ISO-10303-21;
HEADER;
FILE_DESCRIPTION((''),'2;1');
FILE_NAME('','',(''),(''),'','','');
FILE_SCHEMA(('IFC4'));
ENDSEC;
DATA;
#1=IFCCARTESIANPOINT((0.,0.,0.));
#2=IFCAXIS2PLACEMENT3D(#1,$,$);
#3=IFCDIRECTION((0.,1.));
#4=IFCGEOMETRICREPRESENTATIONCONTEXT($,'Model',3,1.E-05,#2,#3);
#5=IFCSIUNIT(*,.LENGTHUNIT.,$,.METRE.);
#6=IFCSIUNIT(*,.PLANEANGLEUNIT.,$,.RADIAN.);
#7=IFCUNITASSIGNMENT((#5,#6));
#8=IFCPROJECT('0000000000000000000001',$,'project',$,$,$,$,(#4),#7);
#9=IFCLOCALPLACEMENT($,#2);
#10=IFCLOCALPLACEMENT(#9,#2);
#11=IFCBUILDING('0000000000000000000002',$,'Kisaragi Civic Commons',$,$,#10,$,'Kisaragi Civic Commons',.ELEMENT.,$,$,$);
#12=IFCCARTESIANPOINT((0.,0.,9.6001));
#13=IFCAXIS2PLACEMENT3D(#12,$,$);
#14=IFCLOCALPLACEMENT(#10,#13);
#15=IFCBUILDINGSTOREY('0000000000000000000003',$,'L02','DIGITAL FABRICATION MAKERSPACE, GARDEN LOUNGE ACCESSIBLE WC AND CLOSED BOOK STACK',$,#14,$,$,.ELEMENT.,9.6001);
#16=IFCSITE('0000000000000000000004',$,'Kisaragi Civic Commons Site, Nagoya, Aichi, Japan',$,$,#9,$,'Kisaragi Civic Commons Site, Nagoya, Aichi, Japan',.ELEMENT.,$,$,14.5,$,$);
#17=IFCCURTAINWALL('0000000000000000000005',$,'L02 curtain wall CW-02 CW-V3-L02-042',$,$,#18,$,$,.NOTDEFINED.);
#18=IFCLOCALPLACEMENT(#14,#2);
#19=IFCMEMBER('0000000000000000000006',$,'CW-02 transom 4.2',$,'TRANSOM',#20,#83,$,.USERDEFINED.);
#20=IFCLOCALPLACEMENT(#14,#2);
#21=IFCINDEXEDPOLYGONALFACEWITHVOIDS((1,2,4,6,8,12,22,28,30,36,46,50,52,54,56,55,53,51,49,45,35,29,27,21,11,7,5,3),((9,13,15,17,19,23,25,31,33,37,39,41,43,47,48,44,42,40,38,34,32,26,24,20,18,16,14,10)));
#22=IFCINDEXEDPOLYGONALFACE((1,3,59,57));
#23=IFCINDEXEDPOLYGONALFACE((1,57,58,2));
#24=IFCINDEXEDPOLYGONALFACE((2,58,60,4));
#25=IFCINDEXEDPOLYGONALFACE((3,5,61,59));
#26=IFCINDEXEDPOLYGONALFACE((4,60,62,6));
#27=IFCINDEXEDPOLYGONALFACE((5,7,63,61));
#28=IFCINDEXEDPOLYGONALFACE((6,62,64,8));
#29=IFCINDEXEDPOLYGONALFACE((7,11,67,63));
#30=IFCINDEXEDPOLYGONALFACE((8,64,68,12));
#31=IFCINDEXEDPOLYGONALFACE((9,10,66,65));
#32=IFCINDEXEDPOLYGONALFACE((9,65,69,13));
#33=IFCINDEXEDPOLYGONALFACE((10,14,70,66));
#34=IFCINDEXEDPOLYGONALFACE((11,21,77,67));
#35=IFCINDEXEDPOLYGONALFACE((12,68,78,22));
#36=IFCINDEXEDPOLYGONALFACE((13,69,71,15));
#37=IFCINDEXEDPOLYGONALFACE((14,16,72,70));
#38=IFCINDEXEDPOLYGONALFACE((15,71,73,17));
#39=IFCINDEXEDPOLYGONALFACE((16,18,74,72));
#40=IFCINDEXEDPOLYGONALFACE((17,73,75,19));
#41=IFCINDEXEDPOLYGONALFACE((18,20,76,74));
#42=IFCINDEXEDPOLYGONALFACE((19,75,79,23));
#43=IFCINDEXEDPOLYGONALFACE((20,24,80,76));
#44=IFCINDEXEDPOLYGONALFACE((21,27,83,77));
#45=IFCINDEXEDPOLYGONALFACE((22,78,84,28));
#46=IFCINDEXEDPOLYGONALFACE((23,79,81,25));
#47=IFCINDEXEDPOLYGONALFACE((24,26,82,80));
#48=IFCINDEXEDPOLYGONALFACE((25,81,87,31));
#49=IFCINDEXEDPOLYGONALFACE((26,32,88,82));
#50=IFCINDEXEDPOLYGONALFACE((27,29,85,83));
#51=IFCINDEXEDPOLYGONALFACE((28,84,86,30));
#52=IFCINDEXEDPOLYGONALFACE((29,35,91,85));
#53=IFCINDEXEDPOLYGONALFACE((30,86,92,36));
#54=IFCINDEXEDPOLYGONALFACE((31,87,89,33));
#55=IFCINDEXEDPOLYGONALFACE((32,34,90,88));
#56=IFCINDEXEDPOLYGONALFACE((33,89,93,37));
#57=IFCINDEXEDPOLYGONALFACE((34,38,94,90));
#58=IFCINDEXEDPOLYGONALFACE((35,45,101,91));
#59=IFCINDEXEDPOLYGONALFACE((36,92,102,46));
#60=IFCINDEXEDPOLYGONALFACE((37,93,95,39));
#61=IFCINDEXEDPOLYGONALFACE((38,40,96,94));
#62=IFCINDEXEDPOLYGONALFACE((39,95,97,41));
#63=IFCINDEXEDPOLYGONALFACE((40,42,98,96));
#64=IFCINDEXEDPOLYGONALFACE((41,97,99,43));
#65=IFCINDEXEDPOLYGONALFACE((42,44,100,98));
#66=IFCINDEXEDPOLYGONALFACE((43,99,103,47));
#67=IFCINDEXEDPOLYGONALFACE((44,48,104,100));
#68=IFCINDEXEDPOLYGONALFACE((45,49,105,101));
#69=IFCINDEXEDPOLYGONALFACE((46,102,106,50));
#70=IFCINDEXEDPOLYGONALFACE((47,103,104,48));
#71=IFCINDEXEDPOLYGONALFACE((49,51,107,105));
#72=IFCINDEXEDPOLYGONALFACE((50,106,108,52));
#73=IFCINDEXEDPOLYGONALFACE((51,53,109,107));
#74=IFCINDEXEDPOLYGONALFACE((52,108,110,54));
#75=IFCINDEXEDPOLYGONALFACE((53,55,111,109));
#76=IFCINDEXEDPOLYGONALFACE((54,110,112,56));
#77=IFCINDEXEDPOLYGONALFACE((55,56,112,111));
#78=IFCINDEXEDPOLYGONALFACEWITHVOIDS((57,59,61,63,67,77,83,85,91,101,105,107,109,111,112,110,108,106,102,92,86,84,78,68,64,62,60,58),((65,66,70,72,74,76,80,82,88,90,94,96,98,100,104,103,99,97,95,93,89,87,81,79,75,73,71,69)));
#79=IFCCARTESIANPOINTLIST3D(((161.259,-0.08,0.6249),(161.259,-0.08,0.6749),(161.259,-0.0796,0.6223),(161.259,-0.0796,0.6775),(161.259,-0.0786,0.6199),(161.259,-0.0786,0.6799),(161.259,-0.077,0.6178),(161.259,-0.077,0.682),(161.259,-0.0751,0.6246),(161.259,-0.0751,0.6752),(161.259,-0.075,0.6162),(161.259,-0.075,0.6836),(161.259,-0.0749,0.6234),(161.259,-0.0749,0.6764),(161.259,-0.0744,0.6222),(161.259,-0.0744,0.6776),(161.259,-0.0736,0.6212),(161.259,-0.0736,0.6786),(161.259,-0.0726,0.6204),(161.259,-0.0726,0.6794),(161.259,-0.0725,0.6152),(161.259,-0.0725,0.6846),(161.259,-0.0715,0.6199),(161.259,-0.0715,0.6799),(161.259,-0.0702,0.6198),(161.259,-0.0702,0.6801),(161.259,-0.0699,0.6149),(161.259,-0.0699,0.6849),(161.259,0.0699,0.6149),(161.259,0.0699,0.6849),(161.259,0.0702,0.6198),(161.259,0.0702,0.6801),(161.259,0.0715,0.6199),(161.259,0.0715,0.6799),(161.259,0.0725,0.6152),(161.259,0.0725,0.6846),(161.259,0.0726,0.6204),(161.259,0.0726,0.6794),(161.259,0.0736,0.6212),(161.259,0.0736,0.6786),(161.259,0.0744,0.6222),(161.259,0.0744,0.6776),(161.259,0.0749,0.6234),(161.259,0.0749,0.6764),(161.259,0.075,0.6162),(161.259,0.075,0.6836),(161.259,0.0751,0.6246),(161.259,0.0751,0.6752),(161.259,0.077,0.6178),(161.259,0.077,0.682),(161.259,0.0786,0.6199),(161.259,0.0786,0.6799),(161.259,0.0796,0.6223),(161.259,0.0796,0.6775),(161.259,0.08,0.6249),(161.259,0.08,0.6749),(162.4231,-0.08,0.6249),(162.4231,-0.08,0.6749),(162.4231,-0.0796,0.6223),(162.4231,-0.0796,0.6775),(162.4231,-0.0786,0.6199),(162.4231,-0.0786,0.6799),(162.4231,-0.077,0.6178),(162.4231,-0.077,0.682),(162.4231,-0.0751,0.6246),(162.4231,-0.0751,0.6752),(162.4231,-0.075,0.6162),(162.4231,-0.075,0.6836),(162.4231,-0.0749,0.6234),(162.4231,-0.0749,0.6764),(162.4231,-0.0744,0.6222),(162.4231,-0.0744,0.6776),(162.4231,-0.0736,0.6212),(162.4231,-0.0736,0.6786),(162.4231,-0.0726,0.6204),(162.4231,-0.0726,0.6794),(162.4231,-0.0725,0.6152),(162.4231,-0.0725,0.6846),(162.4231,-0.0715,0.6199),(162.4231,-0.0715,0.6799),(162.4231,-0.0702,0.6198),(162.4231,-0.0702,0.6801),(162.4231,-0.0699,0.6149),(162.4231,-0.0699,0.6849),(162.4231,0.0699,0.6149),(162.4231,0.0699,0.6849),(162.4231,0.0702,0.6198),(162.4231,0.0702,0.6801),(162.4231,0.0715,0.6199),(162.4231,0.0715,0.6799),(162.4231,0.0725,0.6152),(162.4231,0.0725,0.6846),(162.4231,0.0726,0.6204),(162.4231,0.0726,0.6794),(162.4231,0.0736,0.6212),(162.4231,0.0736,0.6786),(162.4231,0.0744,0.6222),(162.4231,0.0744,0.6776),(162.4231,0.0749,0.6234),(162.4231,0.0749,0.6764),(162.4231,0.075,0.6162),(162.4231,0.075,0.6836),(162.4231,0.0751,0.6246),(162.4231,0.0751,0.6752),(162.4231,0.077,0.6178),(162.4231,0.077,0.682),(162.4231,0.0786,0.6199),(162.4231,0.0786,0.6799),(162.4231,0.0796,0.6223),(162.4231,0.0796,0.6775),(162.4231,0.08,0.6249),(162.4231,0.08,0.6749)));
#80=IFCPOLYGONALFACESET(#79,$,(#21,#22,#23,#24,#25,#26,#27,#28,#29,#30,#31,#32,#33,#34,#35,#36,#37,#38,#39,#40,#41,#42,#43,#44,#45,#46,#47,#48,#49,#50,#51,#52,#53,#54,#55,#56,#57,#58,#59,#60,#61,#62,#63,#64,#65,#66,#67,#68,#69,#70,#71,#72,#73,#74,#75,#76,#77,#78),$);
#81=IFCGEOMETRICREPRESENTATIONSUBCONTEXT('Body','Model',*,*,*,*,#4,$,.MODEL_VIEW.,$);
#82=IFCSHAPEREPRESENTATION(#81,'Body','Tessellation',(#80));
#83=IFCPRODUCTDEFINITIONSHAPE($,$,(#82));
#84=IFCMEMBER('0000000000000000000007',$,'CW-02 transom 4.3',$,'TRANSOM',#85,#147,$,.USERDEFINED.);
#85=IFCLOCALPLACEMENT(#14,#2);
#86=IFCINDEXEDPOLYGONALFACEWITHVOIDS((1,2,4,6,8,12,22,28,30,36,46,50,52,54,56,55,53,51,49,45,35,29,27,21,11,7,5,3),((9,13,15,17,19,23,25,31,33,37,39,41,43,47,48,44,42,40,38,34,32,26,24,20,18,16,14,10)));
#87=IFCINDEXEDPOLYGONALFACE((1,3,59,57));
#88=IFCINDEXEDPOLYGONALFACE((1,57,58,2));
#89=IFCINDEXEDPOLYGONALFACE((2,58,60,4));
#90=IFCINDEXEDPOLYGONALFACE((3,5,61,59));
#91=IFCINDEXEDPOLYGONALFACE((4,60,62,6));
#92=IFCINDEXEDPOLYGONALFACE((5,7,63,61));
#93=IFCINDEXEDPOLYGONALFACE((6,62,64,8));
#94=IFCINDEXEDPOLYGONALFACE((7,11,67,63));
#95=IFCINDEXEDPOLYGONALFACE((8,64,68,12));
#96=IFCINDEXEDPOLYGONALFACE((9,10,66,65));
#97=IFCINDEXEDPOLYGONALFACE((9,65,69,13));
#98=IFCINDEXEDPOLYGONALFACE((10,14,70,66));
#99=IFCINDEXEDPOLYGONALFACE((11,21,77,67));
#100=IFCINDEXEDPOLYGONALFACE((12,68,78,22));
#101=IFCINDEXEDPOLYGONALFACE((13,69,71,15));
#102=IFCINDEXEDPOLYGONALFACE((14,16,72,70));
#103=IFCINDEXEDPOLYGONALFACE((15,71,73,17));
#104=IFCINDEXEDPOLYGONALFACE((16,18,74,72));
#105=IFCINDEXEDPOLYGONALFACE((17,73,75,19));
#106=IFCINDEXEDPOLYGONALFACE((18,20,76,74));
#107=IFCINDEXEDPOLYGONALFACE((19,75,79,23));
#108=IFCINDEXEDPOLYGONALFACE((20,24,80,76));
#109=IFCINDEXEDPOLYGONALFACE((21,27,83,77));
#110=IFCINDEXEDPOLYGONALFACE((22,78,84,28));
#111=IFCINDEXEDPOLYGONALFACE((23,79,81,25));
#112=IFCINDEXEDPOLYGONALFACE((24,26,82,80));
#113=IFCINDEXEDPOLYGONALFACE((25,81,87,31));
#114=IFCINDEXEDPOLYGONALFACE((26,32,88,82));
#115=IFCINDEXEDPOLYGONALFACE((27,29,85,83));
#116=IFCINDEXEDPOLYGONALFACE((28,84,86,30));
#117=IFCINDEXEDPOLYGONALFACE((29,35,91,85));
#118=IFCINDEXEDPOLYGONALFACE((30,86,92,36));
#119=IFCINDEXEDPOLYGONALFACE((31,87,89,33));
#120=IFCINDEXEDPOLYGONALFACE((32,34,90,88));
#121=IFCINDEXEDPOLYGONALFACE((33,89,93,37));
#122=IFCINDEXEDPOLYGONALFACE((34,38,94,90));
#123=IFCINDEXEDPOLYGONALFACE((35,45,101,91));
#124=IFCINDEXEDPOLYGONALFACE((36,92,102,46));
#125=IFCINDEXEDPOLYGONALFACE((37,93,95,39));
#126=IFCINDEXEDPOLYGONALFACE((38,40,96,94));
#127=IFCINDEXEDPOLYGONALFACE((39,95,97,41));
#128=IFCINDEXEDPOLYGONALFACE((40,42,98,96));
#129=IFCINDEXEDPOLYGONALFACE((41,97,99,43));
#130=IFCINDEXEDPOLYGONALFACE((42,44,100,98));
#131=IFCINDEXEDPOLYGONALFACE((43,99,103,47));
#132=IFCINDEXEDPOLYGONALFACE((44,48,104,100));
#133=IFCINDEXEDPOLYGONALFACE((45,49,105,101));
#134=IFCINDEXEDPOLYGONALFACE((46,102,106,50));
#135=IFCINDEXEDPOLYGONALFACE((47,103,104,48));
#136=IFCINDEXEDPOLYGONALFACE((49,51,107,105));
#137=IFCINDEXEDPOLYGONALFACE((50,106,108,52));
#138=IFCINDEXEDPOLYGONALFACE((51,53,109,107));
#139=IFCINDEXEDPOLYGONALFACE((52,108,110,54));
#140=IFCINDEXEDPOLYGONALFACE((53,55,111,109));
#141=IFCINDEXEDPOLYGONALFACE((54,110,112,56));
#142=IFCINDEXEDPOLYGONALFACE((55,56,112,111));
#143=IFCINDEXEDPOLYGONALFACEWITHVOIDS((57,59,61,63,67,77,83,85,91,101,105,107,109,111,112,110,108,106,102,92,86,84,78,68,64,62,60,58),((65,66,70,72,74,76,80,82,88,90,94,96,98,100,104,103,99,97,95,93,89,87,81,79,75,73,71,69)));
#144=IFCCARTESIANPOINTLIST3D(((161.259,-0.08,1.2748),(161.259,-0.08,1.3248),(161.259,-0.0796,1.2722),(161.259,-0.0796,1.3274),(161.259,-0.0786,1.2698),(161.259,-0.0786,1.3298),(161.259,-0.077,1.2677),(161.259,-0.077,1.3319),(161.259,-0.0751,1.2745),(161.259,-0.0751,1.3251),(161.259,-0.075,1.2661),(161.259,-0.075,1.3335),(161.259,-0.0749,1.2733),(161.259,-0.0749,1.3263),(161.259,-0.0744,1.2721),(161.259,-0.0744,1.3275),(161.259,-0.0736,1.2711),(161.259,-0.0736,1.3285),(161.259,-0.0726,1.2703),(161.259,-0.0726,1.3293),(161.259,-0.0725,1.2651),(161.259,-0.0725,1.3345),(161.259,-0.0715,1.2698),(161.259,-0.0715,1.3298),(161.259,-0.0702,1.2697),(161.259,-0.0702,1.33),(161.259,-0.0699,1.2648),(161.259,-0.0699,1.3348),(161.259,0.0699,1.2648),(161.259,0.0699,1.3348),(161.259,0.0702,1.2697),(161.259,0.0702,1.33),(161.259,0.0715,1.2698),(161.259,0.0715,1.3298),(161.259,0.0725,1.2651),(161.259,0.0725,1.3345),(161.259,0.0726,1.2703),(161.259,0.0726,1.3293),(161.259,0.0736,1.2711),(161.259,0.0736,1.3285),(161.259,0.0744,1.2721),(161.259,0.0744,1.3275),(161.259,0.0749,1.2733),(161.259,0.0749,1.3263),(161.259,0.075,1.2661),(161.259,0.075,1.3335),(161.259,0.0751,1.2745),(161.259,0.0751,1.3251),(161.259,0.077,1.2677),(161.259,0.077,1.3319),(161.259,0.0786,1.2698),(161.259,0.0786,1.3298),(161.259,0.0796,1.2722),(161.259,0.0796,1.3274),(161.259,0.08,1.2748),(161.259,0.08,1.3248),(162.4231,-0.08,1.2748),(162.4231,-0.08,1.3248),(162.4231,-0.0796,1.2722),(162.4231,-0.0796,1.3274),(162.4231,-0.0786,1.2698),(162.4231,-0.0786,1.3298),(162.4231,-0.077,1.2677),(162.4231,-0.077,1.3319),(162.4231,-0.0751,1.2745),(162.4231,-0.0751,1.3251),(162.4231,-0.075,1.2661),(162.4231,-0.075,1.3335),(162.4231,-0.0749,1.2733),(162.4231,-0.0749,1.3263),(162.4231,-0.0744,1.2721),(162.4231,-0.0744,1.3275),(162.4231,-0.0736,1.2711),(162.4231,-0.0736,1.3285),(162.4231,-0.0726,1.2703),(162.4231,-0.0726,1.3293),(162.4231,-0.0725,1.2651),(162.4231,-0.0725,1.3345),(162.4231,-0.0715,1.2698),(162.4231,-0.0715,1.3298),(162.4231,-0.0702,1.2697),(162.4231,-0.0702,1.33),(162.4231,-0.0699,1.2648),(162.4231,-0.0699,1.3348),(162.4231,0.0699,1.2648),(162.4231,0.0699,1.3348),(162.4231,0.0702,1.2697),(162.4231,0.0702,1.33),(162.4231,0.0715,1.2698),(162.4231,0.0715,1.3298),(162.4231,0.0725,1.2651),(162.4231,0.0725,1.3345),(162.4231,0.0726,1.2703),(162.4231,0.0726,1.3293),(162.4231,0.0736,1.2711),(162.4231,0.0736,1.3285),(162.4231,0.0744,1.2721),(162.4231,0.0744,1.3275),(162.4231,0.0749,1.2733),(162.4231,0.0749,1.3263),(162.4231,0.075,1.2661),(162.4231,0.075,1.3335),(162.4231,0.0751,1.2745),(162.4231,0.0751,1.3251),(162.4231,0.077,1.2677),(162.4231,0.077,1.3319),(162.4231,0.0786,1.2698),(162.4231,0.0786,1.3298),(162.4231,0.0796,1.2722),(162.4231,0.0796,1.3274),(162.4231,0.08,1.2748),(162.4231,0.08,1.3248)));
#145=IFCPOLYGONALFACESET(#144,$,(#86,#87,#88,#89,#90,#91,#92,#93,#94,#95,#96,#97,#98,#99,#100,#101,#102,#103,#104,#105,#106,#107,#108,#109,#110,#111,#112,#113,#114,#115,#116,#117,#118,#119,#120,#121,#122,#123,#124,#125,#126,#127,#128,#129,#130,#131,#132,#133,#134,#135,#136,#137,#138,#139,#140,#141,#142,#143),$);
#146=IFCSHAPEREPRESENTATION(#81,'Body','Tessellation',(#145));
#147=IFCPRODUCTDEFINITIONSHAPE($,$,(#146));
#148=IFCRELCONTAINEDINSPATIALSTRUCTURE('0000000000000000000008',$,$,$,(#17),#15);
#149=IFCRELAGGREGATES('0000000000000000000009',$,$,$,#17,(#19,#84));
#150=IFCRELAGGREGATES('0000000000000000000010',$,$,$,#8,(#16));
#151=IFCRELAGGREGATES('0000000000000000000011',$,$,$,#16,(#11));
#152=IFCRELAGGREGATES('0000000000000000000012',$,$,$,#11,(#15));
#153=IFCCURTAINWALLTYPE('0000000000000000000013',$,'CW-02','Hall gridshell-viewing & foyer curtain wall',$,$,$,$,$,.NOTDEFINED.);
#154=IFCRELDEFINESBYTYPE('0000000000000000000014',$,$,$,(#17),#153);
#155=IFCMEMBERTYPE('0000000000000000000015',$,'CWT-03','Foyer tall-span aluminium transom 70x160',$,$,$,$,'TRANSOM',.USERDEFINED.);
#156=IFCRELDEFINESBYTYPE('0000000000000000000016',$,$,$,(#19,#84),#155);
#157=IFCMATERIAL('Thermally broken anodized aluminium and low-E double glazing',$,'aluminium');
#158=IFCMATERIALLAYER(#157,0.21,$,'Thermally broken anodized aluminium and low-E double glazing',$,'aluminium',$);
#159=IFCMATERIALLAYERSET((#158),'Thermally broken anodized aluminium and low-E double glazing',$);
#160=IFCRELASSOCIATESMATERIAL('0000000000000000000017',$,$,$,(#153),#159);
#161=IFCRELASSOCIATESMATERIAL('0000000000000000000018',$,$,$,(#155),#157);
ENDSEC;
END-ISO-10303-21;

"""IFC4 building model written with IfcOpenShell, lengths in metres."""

from ifc_helpers import new_model, si_unit, direction, frame, origin, origin_2d, place, context, subcontext, project, spatial, hollow_rectangle, extrude, material, layer, layer_set, material_profile, profile_set, type_object, element, aggregate, save


model = new_model("IFC4")

# Units and contexts
model_context = context("Model", 3, precision=1e-05, world=origin(), true_north=direction((0.0, 1.0)))
body_context = subcontext(model_context, "Body", "Model", "MODEL_VIEW")
ifc_project = project(units=[si_unit("LENGTHUNIT", "METRE"), si_unit("PLANEANGLEUNIT", "RADIAN")], contexts=[model_context])

# Site, building, storey
site_placement = place(None, origin())
site = spatial("IfcSite", under=ifc_project, at=site_placement, Name="Kisaragi Civic Commons Site, Nagoya, Aichi, Japan", LongName="Kisaragi Civic Commons Site, Nagoya, Aichi, Japan", CompositionType="ELEMENT", RefElevation=14.5)
building_placement = place(site_placement, origin())
building = spatial("IfcBuilding", under=site, at=building_placement, Name="Kisaragi Civic Commons", LongName="Kisaragi Civic Commons", CompositionType="ELEMENT")
storey_placement = place(building_placement, frame((0.0, 0.0, 9.6001)))
storey = spatial("IfcBuildingStorey", under=building, at=storey_placement, Name="L02", Description="DIGITAL FABRICATION MAKERSPACE, GARDEN LOUNGE ACCESSIBLE WC AND CLOSED BOOK STACK", CompositionType="ELEMENT", Elevation=9.6001)

# Curtain wall, members
ifc_material_1 = material(Name="Thermally broken anodized aluminium and low-E double glazing", Category="aluminium")
ifc_layer_1 = layer(ifc_material_1, 0.21, Name="Thermally broken anodized aluminium and low-E double glazing", Category="aluminium")
ifc_layer_set_1 = layer_set([ifc_layer_1], Name="Thermally broken anodized aluminium and low-E double glazing")
curtain_wall_type = type_object("IfcCurtainWallType", Name="CW-02", Description="Hall gridshell-viewing & foyer curtain wall", PredefinedType="NOTDEFINED", material=ifc_layer_set_1)
curtain_wall_placement = place(storey_placement, origin())
curtain_wall = element("IfcCurtainWall", 1, at=curtain_wall_placement, inside=storey, type_object=curtain_wall_type, Name="L02 curtain wall CW-02 CW-V3-L02-042", PredefinedType="NOTDEFINED")
ifc_material_profile_1 = material_profile(ifc_material_1, hollow_rectangle(XDim=0.1599, YDim=0.0701, WallThickness=0.0049, InnerFilletRadius=0.0049, OuterFilletRadius=0.01, at=origin_2d()), Name="CWT-70x160x5", Category="aluminium")
ifc_profile_set_1 = profile_set([ifc_material_profile_1], Name="Thermally broken anodized aluminium and low-E double glazing")
member_type_1 = type_object("IfcMemberType", Name="CWT-03", Description="Foyer tall-span aluminium transom 70x160", ElementType="TRANSOM", PredefinedType="USERDEFINED", material=ifc_profile_set_1)
member_1_placement = place(storey_placement, frame((162.4231, 0.0, 0.6499), z_axis=(-1.0, 0.0, 0.0), x_axis=(0.0, -1.0, 0.0)))
member_1 = element("IfcMember", 2, at=member_1_placement, type_object=member_type_1, Name="CW-02 transom 4.2", ObjectType="TRANSOM", PredefinedType="USERDEFINED", context=body_context, shape_type="SweptSolid", body=[
    extrude(hollow_rectangle(XDim=0.1599, YDim=0.0701, WallThickness=0.0049, InnerFilletRadius=0.0049, OuterFilletRadius=0.01, at=origin_2d()), origin(), (0.0, 0.0, 1.0), 1.1641),
])
member_2_placement = place(storey_placement, frame((162.4231, 0.0, 1.2998), z_axis=(-1.0, 0.0, 0.0), x_axis=(0.0, -1.0, 0.0)))
member_2 = element("IfcMember", 3, at=member_2_placement, type_object=member_type_1, Name="CW-02 transom 4.3", ObjectType="TRANSOM", PredefinedType="USERDEFINED", context=body_context, shape_type="SweptSolid", body=[
    extrude(hollow_rectangle(XDim=0.1599, YDim=0.0701, WallThickness=0.0049, InnerFilletRadius=0.0049, OuterFilletRadius=0.01, at=origin_2d()), origin(), (0.0, 0.0, 1.0), 1.1641),
])

aggregate(curtain_wall, [member_1, member_2])

save(model, "model.ifc")
